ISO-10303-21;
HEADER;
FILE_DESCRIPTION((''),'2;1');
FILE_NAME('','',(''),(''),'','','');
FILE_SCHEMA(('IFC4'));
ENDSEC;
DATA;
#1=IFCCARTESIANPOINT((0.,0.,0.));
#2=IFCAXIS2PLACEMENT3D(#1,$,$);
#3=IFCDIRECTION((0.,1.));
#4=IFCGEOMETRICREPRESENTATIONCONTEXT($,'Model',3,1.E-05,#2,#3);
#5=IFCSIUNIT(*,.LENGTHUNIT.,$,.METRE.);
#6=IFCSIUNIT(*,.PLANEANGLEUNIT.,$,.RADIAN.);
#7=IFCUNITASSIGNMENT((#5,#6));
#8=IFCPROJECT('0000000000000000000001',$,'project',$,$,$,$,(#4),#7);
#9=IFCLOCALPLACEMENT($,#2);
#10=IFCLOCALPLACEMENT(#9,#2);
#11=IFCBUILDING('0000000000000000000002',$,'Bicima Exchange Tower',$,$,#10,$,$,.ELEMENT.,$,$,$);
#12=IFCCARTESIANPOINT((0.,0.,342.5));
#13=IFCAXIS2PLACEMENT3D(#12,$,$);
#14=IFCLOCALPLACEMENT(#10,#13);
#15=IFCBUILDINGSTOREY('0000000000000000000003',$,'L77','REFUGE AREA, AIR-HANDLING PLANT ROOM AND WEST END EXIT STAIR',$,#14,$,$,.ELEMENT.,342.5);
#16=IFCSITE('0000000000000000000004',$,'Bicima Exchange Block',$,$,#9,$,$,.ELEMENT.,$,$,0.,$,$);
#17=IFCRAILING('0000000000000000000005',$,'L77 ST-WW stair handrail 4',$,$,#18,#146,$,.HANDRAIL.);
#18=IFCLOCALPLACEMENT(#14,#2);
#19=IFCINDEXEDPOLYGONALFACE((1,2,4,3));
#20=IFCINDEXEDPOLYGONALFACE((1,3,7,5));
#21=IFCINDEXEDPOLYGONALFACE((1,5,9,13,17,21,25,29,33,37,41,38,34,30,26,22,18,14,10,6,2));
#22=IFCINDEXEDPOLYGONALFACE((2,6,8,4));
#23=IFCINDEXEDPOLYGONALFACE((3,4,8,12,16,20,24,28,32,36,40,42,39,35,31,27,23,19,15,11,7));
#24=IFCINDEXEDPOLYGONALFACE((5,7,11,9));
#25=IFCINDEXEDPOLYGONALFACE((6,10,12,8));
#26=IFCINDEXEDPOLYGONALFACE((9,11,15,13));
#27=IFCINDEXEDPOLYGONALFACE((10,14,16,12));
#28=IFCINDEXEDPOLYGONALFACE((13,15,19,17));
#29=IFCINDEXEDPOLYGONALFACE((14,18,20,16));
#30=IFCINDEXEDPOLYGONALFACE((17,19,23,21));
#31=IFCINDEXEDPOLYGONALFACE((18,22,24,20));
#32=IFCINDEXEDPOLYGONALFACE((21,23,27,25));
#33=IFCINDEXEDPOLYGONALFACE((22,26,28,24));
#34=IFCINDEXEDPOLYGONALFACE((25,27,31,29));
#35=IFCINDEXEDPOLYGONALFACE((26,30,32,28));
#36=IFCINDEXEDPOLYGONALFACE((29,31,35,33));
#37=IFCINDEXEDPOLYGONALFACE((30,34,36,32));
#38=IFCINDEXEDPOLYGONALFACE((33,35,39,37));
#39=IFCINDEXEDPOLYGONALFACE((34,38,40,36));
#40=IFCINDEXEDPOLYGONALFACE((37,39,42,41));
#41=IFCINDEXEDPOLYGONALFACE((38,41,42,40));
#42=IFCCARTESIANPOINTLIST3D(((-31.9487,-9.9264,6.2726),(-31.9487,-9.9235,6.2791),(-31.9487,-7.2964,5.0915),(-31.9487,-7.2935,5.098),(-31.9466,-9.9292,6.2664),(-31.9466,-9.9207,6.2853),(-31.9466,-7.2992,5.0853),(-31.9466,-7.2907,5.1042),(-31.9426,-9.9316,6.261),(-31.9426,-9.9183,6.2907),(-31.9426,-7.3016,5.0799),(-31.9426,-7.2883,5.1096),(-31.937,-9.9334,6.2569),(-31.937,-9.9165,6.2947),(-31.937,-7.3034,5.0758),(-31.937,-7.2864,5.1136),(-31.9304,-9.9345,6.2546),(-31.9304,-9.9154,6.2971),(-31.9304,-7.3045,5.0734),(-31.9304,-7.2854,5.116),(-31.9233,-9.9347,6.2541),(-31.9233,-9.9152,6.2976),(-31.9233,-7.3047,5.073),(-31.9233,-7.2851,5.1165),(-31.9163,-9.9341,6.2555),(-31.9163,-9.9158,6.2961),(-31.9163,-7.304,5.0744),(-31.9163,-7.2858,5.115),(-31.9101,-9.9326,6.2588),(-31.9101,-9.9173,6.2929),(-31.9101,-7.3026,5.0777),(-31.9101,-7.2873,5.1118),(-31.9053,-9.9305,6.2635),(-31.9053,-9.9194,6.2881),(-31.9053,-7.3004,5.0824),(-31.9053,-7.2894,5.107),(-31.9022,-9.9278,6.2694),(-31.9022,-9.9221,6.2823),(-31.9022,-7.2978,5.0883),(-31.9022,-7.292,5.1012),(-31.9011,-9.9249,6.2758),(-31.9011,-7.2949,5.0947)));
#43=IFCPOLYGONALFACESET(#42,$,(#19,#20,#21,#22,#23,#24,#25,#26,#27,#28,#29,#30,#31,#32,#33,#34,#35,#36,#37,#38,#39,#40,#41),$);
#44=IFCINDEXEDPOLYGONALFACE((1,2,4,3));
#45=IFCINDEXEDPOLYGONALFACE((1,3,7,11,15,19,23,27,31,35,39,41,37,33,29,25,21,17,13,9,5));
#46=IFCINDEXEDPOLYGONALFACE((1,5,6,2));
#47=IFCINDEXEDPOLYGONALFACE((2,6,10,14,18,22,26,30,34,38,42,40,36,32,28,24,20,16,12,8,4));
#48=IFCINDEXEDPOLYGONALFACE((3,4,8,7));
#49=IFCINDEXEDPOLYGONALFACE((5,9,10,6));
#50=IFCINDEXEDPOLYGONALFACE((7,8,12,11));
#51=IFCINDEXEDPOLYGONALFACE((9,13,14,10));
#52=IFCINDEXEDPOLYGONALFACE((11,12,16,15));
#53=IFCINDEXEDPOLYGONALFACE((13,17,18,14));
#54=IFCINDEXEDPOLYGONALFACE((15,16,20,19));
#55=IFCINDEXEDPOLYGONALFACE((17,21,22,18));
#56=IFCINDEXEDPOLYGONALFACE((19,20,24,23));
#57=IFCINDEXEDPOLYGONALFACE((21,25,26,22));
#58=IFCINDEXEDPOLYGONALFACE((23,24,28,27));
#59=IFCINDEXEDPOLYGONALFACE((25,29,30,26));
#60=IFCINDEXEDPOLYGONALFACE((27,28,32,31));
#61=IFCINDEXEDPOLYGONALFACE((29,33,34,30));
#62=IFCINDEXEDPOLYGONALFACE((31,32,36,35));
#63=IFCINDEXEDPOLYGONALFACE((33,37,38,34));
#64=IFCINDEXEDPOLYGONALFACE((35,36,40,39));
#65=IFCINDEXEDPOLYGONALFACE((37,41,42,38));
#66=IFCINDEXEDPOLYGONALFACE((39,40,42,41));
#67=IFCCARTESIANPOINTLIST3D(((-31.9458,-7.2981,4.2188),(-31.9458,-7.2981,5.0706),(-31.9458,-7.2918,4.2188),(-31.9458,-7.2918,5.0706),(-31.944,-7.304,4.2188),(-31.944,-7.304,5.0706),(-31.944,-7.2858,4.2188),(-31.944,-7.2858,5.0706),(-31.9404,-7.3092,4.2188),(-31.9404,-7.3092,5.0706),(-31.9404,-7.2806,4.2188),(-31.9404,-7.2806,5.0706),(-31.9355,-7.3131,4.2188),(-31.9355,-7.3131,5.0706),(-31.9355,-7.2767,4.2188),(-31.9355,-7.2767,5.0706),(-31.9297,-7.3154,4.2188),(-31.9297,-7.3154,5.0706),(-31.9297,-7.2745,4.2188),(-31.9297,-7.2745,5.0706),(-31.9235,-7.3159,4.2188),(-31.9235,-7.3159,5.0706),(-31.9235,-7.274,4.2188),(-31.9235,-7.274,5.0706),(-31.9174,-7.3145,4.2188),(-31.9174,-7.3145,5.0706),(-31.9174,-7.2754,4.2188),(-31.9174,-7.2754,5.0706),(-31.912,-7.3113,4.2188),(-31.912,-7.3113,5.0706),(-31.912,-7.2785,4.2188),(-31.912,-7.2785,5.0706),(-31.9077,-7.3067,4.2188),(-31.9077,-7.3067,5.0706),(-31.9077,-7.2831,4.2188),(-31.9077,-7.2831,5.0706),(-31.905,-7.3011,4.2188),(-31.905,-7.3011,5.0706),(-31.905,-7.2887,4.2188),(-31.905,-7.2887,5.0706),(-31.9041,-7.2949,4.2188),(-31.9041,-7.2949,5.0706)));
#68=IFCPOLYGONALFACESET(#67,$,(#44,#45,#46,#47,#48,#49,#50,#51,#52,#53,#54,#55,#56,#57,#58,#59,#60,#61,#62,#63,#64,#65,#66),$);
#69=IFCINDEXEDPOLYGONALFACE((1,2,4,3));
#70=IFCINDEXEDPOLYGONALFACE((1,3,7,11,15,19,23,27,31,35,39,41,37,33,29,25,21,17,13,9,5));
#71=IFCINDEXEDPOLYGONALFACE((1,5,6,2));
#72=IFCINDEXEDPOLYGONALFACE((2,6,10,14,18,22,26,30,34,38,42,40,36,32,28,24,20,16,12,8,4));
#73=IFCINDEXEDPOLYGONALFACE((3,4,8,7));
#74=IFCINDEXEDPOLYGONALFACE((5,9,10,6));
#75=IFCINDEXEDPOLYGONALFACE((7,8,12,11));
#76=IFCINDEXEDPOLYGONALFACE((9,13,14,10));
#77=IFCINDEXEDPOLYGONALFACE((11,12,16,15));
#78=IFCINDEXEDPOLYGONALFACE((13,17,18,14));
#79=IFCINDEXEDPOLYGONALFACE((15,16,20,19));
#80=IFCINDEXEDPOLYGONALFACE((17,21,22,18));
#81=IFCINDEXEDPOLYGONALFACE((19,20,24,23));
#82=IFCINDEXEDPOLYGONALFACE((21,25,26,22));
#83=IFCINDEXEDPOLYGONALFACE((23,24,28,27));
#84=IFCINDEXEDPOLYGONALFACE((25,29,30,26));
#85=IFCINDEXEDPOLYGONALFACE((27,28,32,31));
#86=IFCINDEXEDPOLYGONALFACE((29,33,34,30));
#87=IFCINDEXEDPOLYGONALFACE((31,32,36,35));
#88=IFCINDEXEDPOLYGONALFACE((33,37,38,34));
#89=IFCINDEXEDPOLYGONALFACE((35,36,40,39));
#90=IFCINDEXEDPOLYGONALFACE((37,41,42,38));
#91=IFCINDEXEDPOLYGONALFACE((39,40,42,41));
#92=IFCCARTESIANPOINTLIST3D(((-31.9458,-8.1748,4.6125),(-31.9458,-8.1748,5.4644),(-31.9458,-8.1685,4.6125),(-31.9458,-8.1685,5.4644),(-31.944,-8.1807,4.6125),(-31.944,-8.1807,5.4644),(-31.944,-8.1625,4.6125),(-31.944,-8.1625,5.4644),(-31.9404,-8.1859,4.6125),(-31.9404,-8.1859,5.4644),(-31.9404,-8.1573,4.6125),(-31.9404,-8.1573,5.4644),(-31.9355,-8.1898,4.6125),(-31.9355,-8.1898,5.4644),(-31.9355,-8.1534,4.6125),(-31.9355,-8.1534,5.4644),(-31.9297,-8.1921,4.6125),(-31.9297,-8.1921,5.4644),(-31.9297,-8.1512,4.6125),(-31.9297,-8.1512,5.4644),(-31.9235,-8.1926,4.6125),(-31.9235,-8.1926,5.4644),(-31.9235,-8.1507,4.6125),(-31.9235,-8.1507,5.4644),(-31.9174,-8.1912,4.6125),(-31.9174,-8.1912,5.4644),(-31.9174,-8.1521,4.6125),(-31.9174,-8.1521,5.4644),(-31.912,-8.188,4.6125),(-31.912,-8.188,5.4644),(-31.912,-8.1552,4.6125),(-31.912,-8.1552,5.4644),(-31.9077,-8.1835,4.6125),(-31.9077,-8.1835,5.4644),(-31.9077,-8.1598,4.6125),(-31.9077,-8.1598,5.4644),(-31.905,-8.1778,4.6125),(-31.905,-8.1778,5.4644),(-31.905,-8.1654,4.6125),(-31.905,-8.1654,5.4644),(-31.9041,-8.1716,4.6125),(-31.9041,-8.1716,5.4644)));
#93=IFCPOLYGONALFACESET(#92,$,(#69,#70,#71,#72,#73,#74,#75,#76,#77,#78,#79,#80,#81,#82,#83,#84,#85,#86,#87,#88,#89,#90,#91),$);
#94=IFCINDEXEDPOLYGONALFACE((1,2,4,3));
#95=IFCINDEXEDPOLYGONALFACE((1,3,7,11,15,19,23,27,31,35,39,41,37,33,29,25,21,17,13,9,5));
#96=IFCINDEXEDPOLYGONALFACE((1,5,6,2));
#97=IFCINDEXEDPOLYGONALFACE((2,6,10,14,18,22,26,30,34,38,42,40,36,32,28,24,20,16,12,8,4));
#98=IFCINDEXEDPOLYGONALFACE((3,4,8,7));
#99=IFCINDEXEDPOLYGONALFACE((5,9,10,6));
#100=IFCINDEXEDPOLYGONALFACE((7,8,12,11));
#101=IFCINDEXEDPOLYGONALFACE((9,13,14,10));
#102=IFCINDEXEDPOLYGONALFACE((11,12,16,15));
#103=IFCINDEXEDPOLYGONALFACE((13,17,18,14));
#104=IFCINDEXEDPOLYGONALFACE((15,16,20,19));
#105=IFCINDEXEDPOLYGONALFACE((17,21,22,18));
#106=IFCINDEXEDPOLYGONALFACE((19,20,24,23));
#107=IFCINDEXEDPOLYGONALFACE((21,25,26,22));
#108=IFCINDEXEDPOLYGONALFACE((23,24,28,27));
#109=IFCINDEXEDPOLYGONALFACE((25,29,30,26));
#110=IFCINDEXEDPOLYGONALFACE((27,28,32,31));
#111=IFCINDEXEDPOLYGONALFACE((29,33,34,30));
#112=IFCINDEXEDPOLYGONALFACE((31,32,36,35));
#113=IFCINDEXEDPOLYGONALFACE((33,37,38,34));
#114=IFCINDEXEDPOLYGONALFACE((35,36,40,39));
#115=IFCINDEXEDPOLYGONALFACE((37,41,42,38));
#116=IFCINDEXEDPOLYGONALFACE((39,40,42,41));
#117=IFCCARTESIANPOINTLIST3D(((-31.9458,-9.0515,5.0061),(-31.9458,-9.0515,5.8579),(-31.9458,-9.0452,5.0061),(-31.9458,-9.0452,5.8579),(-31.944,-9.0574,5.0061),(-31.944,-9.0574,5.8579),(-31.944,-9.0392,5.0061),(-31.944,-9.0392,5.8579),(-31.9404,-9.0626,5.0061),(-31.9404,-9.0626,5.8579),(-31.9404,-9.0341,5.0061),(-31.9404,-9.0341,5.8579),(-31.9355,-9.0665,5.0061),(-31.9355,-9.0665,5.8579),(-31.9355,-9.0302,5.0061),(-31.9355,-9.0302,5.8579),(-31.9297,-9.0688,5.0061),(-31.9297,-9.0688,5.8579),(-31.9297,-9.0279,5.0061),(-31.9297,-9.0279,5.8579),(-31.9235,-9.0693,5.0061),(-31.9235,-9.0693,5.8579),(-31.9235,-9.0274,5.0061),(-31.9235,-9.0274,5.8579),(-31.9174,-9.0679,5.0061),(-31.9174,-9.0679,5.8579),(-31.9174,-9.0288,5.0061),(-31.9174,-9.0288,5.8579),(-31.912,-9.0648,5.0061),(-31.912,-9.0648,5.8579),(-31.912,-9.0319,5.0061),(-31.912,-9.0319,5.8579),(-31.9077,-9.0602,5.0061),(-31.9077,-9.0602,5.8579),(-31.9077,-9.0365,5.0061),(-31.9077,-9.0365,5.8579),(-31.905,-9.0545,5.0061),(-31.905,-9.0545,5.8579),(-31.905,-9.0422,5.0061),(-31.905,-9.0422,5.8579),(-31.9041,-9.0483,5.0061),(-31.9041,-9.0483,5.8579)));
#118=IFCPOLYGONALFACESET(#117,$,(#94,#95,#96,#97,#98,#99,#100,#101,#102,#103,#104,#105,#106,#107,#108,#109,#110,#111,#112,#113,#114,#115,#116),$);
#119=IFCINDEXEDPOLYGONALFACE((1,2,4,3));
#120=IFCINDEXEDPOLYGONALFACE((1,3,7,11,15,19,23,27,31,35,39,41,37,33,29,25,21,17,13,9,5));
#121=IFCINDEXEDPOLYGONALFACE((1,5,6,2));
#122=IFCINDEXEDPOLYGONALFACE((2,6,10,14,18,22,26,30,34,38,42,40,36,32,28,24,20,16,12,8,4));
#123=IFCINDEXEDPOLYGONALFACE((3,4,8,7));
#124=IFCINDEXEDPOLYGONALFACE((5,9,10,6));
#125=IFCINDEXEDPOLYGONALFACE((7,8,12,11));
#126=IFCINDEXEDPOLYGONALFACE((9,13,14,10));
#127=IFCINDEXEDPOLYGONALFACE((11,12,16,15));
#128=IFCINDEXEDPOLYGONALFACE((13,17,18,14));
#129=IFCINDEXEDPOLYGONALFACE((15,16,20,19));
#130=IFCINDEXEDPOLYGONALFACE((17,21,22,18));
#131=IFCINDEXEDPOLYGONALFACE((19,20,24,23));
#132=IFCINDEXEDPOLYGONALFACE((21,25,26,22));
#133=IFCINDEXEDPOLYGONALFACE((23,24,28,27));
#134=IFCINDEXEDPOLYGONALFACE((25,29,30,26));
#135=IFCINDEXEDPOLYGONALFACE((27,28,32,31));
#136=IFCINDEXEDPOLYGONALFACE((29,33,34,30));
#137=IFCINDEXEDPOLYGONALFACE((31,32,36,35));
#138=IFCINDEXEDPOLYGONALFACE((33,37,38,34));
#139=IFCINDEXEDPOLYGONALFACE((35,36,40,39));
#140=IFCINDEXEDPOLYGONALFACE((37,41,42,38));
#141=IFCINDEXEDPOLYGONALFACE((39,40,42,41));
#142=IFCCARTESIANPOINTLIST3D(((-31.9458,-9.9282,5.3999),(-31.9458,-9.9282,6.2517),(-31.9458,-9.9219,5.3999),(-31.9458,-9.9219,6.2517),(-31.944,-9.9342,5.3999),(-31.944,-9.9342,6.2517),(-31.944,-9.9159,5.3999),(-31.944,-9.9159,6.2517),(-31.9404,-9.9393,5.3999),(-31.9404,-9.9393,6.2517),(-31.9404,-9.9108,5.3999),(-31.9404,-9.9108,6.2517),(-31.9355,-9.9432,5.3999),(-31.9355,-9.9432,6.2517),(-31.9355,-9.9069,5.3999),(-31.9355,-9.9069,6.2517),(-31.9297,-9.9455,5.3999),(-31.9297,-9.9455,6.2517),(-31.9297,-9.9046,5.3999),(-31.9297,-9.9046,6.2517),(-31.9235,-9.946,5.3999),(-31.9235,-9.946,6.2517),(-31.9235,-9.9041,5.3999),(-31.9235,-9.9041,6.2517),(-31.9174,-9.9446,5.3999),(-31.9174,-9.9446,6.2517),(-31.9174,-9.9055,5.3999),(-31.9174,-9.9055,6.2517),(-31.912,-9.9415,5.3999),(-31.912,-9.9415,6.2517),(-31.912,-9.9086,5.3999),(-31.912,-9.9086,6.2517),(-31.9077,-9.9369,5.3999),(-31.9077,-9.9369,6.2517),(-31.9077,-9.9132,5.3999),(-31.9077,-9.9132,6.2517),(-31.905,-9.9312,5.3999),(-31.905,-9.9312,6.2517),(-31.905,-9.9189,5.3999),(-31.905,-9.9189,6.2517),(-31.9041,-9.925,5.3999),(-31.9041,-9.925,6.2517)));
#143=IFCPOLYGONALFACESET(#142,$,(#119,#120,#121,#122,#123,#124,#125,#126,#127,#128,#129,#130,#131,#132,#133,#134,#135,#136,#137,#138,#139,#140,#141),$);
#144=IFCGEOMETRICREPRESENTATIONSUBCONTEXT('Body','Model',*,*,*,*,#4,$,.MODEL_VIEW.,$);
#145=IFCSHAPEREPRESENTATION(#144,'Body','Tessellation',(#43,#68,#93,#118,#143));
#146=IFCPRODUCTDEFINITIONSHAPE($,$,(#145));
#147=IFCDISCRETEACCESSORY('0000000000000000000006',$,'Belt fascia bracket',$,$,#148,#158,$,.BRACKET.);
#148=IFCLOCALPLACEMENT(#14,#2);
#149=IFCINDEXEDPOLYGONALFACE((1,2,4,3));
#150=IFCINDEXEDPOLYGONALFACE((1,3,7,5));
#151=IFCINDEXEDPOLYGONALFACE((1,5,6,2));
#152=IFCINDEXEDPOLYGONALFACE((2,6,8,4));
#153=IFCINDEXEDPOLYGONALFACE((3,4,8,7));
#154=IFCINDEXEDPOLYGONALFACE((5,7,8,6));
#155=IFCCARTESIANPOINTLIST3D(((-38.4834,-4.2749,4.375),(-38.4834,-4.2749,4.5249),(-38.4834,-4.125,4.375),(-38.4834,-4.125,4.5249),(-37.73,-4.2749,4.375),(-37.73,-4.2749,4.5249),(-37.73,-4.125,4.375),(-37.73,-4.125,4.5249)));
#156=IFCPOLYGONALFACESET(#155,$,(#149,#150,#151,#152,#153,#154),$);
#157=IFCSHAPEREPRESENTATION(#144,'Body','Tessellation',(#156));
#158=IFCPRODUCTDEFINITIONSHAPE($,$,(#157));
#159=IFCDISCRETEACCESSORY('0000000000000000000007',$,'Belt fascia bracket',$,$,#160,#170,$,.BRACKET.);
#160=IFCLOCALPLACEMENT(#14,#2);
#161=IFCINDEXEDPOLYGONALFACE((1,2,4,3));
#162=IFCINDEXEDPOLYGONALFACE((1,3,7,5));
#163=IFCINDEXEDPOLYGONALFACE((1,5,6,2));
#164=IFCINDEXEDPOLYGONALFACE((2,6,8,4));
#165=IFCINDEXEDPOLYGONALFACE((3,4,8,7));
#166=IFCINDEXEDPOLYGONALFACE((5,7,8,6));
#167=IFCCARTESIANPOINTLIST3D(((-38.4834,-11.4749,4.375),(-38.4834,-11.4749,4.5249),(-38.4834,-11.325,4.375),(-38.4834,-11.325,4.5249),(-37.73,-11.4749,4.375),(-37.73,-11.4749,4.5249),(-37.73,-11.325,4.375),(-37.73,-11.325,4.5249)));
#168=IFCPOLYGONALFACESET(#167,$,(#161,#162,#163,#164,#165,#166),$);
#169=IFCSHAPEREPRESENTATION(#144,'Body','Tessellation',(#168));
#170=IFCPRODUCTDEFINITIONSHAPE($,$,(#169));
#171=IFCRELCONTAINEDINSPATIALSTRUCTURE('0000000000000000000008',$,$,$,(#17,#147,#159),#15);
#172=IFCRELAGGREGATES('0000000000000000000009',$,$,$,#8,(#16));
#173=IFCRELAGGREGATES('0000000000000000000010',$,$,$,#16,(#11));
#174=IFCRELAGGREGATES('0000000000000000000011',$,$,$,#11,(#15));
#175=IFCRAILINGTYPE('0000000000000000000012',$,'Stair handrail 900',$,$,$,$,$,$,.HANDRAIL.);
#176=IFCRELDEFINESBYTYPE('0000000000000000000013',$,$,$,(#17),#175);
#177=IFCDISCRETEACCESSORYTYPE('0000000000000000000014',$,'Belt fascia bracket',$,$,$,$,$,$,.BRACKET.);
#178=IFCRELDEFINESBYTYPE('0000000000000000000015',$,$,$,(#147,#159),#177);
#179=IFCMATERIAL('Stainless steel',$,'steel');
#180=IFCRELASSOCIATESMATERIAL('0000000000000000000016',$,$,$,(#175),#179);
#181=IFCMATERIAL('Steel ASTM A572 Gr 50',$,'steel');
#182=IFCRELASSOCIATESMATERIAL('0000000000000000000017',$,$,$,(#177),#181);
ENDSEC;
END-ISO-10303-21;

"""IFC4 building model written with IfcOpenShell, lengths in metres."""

from ifc_helpers import new_model, si_unit, direction, frame, origin, origin_2d, place, context, subcontext, project, spatial, rectangle, circle, extrude, material, type_object, element, save


model = new_model("IFC4")

# Units and contexts
model_context = context("Model", 3, precision=1e-05, world=origin(), true_north=direction((0.0, 1.0)))
body_context = subcontext(model_context, "Body", "Model", "MODEL_VIEW")
ifc_project = project(units=[si_unit("LENGTHUNIT", "METRE"), si_unit("PLANEANGLEUNIT", "RADIAN")], contexts=[model_context])

# Site, building, storey
site_placement = place(None, origin())
site = spatial("IfcSite", under=ifc_project, at=site_placement, Name="Bicima Exchange Block", CompositionType="ELEMENT", RefElevation=0.0)
building_placement = place(site_placement, origin())
building = spatial("IfcBuilding", under=site, at=building_placement, Name="Bicima Exchange Tower", CompositionType="ELEMENT")
storey_placement = place(building_placement, frame((0.0, 0.0, 342.5)))
storey = spatial("IfcBuildingStorey", under=building, at=storey_placement, Name="L77", Description="REFUGE AREA, AIR-HANDLING PLANT ROOM AND WEST END EXIT STAIR", CompositionType="ELEMENT", Elevation=342.5)

# Shared definitions
ifc_material_1 = material(Name="Steel ASTM A572 Gr 50", Category="steel")

# Railing
ifc_material_2 = material(Name="Stainless steel", Category="steel")
railing_type_1 = type_object("IfcRailingType", Name="Stair handrail 900", PredefinedType="HANDRAIL", material=ifc_material_2)
railing_1_placement = place(storey_placement, frame((-31.925, -7.2949, 4.2188)))
element("IfcRailing", 1, at=railing_1_placement, inside=storey, type_object=railing_type_1, Name="L77 ST-WW stair handrail 4", PredefinedType="HANDRAIL", context=body_context, shape_type="SweptSolid", body=[
    extrude(circle(Radius=0.0239, at=origin_2d()), frame((0.0, 0.0, 0.876), z_axis=(0.0, -0.912233, 0.409671), x_axis=(1.0, 0.0, 0.0)), (0.0, 0.0, 1.0), 2.8831),
    extrude(circle(Radius=0.021, at=origin_2d()), origin(), (0.0, 0.0, 1.0), 0.8518),
    extrude(circle(Radius=0.021, at=origin_2d()), frame((0.0, -0.8767, 0.3938)), (0.0, 0.0, 1.0), 0.8518),
    extrude(circle(Radius=0.021, at=origin_2d()), frame((0.0, -1.7534, 0.7874)), (0.0, 0.0, 1.0), 0.8518),
    extrude(circle(Radius=0.021, at=origin_2d()), frame((0.0, -2.6301, 1.1812)), (0.0, 0.0, 1.0), 0.8518),
])

# Discrete accessories
discrete_accessory_type = type_object("IfcDiscreteAccessoryType", Name="Belt fascia bracket", PredefinedType="BRACKET", material=ifc_material_1)
for number, where, z_axis, x_axis, name in (
    (2, (-38.1067, -4.2, 4.375), (0.0, 0.0, 1.0), (0.0, -1.0, 0.0), "Belt fascia bracket"),
    (3, (-38.1067, -11.3999, 4.375), (0.0, 0.0, 1.0), (0.0, -1.0, 0.0), "Belt fascia bracket"),
):
    element("IfcDiscreteAccessory", number, at=place(storey_placement, frame(where, z_axis=z_axis, x_axis=x_axis)), inside=storey, type_object=discrete_accessory_type, Name=name, PredefinedType="BRACKET", context=body_context, shape_type="SweptSolid", body=[
        extrude(rectangle(XDim=0.1499, YDim=0.7534, at=origin_2d()), origin(), (0.0, 0.0, 1.0), 0.1499),
    ])

save(model, "model.ifc")
